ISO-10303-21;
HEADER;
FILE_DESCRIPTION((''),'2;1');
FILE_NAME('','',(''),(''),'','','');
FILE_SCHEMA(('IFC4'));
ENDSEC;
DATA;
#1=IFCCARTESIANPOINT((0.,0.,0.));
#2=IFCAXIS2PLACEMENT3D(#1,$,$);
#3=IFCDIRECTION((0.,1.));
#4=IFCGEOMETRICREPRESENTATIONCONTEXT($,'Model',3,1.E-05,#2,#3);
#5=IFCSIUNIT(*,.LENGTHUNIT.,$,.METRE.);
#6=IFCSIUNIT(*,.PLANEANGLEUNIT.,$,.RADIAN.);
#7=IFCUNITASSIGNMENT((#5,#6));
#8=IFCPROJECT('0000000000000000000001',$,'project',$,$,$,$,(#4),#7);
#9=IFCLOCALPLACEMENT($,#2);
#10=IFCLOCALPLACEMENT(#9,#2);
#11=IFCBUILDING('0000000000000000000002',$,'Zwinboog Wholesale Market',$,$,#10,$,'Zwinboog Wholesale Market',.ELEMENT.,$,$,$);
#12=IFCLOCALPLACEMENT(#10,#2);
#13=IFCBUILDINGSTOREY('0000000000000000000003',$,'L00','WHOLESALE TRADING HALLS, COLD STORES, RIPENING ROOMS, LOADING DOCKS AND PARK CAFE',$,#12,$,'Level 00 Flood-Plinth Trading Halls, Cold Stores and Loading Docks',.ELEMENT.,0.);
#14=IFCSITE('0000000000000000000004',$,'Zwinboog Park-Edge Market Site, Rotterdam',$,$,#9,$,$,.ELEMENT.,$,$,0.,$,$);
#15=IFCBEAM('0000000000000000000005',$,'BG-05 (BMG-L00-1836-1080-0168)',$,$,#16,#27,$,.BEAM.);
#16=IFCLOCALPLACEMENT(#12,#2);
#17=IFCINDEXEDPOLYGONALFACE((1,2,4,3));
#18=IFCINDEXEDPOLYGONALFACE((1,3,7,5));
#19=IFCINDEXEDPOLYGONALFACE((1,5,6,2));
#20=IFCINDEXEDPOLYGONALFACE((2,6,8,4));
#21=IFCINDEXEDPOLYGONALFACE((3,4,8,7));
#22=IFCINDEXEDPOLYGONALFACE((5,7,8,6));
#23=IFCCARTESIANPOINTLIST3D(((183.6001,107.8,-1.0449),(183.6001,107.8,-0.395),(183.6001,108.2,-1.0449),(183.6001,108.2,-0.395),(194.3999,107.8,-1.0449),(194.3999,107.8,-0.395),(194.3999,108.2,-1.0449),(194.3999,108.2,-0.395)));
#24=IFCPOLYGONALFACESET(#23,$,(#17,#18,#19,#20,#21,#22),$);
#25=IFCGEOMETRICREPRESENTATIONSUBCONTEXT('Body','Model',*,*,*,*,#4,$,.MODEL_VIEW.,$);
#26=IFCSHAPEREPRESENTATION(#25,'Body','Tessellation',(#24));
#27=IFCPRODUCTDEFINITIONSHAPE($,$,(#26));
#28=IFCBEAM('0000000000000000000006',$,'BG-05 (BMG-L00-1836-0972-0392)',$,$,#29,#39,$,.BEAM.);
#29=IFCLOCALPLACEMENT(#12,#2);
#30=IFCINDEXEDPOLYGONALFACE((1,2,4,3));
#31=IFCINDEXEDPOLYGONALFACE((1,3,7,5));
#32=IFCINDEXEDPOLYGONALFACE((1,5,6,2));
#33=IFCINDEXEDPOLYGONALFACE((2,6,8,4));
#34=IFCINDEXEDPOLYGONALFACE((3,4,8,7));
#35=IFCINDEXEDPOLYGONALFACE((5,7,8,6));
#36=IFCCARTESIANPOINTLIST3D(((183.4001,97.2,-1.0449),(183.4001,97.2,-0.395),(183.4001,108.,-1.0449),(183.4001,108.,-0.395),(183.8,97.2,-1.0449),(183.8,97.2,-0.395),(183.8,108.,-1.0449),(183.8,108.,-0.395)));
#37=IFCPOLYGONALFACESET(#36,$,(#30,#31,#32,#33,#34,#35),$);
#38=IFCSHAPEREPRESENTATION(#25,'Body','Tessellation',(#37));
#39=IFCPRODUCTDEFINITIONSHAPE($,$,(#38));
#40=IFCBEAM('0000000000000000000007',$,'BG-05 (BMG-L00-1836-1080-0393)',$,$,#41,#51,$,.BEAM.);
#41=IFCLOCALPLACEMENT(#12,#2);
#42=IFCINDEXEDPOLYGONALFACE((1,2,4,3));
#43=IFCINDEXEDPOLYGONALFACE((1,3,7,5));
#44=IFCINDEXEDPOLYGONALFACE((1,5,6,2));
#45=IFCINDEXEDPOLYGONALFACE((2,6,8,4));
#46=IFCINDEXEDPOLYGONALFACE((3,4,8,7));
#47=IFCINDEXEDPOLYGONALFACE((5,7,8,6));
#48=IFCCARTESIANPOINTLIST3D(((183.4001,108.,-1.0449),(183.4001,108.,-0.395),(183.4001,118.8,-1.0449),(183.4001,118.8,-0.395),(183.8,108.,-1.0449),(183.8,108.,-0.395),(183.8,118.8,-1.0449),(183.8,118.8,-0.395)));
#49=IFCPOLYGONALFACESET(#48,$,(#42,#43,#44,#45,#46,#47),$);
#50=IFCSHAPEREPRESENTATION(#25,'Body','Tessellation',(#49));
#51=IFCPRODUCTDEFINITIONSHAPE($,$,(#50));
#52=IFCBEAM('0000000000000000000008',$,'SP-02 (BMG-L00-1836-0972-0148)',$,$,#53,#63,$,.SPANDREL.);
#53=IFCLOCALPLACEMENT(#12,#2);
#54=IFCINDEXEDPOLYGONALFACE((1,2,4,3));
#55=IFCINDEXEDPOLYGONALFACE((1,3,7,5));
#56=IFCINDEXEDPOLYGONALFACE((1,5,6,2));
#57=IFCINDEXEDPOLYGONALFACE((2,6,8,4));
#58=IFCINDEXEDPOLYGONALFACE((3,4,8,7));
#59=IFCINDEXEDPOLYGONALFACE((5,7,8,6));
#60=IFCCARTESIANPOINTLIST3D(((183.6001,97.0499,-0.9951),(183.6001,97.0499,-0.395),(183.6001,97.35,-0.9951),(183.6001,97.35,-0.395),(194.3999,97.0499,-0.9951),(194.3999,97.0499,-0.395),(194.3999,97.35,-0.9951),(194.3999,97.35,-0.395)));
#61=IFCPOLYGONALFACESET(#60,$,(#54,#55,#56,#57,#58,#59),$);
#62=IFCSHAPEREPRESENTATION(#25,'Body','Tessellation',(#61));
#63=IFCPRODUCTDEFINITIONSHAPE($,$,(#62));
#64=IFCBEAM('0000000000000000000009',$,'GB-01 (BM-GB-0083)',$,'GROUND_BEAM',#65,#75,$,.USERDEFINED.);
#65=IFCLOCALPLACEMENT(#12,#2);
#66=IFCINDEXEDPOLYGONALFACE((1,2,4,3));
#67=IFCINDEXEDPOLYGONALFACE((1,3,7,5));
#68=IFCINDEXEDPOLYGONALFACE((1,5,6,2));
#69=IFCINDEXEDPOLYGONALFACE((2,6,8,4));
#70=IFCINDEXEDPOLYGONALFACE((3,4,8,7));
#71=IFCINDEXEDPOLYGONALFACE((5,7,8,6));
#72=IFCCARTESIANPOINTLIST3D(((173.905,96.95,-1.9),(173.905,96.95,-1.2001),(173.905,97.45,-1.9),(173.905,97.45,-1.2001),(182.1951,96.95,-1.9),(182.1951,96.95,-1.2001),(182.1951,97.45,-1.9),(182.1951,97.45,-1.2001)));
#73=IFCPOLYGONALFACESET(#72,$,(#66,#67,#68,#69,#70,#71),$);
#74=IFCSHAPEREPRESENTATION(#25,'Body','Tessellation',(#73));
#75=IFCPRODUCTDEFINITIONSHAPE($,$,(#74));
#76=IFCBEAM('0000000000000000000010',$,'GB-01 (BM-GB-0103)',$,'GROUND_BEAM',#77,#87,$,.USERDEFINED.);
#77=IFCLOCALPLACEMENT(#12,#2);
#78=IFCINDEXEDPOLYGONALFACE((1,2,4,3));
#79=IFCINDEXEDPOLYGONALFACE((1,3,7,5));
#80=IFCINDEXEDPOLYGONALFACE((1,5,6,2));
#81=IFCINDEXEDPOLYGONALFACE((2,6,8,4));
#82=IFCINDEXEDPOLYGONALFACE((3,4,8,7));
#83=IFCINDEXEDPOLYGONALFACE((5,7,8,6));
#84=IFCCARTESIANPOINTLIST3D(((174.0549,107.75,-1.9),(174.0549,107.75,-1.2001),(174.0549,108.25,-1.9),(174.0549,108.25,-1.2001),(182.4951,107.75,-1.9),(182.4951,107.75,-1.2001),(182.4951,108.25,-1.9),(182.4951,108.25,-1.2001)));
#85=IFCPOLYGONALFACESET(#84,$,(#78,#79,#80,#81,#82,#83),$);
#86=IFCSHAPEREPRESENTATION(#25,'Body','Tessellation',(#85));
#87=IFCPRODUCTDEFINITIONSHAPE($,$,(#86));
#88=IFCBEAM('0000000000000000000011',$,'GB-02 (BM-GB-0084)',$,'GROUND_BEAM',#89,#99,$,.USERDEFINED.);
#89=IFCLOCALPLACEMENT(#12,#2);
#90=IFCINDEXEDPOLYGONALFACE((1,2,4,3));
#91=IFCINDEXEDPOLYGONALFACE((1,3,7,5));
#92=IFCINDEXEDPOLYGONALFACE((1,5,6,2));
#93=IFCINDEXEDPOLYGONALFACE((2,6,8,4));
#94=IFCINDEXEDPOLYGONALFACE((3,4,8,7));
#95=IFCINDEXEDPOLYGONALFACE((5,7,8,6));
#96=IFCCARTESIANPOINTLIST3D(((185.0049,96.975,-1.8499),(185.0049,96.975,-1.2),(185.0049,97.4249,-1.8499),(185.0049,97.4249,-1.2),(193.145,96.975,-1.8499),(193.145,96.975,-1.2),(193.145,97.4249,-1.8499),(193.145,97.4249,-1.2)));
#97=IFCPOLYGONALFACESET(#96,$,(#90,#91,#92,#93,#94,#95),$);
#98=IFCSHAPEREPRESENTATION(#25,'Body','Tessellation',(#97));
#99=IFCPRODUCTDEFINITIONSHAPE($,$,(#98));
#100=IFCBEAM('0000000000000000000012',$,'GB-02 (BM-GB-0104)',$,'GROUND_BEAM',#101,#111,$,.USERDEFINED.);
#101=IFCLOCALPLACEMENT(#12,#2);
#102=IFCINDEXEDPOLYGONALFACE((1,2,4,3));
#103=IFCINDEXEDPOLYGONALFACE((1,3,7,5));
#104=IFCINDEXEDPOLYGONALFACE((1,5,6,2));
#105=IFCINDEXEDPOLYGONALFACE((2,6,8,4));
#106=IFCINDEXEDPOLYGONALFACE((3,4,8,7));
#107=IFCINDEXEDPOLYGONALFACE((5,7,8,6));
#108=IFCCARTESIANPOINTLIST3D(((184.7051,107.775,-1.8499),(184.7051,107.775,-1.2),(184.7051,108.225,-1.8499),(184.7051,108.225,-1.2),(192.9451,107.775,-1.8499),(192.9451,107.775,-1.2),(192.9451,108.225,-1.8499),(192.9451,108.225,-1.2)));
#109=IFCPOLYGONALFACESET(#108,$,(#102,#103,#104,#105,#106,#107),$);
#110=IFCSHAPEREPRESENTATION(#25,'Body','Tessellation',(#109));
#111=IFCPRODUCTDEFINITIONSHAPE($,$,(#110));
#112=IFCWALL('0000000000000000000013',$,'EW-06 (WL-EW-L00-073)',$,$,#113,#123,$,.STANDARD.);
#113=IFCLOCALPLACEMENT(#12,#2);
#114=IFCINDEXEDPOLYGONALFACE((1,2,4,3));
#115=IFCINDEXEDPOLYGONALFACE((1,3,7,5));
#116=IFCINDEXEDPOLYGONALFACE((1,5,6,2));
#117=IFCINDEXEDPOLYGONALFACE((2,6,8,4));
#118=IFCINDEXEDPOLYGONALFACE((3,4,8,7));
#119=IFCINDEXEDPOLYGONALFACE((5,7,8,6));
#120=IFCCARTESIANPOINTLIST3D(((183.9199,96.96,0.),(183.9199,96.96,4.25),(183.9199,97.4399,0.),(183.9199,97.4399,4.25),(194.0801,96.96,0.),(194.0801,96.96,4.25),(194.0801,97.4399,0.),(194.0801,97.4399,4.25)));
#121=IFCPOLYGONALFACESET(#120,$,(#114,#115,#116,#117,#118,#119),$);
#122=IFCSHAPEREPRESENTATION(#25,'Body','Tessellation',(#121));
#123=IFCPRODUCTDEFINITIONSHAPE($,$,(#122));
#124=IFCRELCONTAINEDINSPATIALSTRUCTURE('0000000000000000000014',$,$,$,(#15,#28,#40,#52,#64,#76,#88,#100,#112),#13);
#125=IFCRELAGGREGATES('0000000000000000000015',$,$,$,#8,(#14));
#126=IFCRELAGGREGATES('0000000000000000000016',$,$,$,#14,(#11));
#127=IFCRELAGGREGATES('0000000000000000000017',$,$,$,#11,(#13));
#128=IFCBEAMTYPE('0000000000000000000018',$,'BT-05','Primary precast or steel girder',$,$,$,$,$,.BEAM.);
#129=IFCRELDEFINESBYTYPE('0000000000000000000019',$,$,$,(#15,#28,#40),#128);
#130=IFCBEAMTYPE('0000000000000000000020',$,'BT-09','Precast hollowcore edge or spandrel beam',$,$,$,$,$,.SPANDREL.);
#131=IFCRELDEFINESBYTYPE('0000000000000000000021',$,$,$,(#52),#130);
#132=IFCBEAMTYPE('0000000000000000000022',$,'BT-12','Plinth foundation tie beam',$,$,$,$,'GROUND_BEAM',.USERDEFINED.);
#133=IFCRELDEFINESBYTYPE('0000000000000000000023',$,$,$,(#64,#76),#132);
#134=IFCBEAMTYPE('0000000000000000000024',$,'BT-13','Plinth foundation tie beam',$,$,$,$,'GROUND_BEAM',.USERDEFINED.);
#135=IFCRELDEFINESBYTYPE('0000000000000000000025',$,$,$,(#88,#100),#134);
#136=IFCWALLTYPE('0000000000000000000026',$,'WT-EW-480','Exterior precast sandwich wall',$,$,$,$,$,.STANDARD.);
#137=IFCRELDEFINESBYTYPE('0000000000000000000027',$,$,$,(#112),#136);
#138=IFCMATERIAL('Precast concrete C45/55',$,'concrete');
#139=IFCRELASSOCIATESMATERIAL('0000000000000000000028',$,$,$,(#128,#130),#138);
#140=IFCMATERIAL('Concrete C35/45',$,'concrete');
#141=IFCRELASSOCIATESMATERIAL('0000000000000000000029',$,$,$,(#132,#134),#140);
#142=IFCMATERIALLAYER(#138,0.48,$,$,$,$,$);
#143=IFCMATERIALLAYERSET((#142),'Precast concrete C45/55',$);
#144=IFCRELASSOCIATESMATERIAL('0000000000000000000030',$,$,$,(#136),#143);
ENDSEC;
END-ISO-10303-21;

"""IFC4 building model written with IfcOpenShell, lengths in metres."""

from ifc_helpers import new_model, si_unit, direction, frame, frame_2d, origin, origin_2d, place, context, subcontext, project, spatial, rectangle, extrude, material, layer, layer_set, material_profile, profile_set, type_object, element, save


model = new_model("IFC4")

# Units and contexts
model_context = context("Model", 3, precision=1e-05, world=origin(), true_north=direction((0.0, 1.0)))
body_context = subcontext(model_context, "Body", "Model", "MODEL_VIEW")
ifc_project = project(units=[si_unit("LENGTHUNIT", "METRE"), si_unit("PLANEANGLEUNIT", "RADIAN")], contexts=[model_context])

# Site, building, storey
site_placement = place(None, origin())
site = spatial("IfcSite", under=ifc_project, at=site_placement, Name="Zwinboog Park-Edge Market Site, Rotterdam", CompositionType="ELEMENT", RefElevation=0.0)
building_placement = place(site_placement, origin())
building = spatial("IfcBuilding", under=site, at=building_placement, Name="Zwinboog Wholesale Market", LongName="Zwinboog Wholesale Market", CompositionType="ELEMENT")
storey_placement = place(building_placement, origin())
storey = spatial("IfcBuildingStorey", under=building, at=storey_placement, Name="L00", Description="WHOLESALE TRADING HALLS, COLD STORES, RIPENING ROOMS, LOADING DOCKS AND PARK CAFE", LongName="Level 00 Flood-Plinth Trading Halls, Cold Stores and Loading Docks", CompositionType="ELEMENT", Elevation=0.0)

# Shared definitions
ifc_material_1 = material(Name="Concrete C35/45", Category="concrete")

# Shared definitions
ifc_material_2 = material(Name="Precast concrete C45/55", Category="concrete")

# Beams
ifc_material_profile_1 = material_profile(ifc_material_2, rectangle(XDim=0.3999, YDim=0.6499, at=origin_2d()), Name="PC 400x650")
ifc_profile_set_1 = profile_set([ifc_material_profile_1], Name="Precast concrete C45/55")
beam_type_1 = type_object("IfcBeamType", Name="BT-05", Description="Primary precast or steel girder", PredefinedType="BEAM", material=ifc_profile_set_1)
beam_1_placement = place(storey_placement, frame((183.6001, 108.0, -0.72), z_axis=(1.0, 0.0, 0.0), x_axis=(0.0, 1.0, 0.0)))
element("IfcBeam", 1, at=beam_1_placement, inside=storey, type_object=beam_type_1, Name="BG-05 (BMG-L00-1836-1080-0168)", PredefinedType="BEAM", context=body_context, shape_type="SweptSolid", body=[
    extrude(rectangle(XDim=0.3999, YDim=0.6499, at=origin_2d()), origin(), (0.0, 0.0, 1.0), 10.7998),
])
for number, where, z_axis, x_axis, name in (
    (2, (183.6001, 97.2, -0.72), (0.0, 1.0, 0.0), (-1.0, 0.0, 0.0), "BG-05 (BMG-L00-1836-0972-0392)"),
    (3, (183.6001, 108.0, -0.72), (0.0, 1.0, 0.0), (-1.0, 0.0, 0.0), "BG-05 (BMG-L00-1836-1080-0393)"),
):
    element("IfcBeam", number, at=place(storey_placement, frame(where, z_axis=z_axis, x_axis=x_axis)), inside=storey, type_object=beam_type_1, Name=name, PredefinedType="BEAM", context=body_context, shape_type="SweptSolid", body=[
        extrude(rectangle(XDim=0.3999, YDim=0.6499, at=origin_2d()), origin(), (0.0, 0.0, 1.0), 10.8),
    ])
ifc_material_profile_2 = material_profile(ifc_material_2, rectangle(XDim=0.3, YDim=0.6001, at=origin_2d()), Name="PC 300x600")
ifc_profile_set_2 = profile_set([ifc_material_profile_2], Name="Precast concrete C45/55")
beam_type_2 = type_object("IfcBeamType", Name="BT-09", Description="Precast hollowcore edge or spandrel beam", PredefinedType="SPANDREL", material=ifc_profile_set_2)
beam_2_placement = place(storey_placement, frame((183.6001, 97.2, -0.6951), z_axis=(1.0, 0.0, 0.0), x_axis=(0.0, 1.0, 0.0)))
element("IfcBeam", 4, at=beam_2_placement, inside=storey, type_object=beam_type_2, Name="SP-02 (BMG-L00-1836-0972-0148)", PredefinedType="SPANDREL", context=body_context, shape_type="SweptSolid", body=[
    extrude(rectangle(XDim=0.3, YDim=0.6001, at=origin_2d()), origin(), (0.0, 0.0, 1.0), 10.7998),
])
ifc_material_profile_3 = material_profile(ifc_material_1, rectangle(XDim=0.5, YDim=0.7, at=origin_2d()), Name="RC 500x700")
ifc_profile_set_3 = profile_set([ifc_material_profile_3], Name="Concrete C35/45")
beam_type_3 = type_object("IfcBeamType", Name="BT-12", Description="Plinth foundation tie beam", ElementType="GROUND_BEAM", PredefinedType="USERDEFINED", material=ifc_profile_set_3)
beam_3_placement = place(storey_placement, frame((173.905, 97.2, -1.55), z_axis=(1.0, 0.0, 0.0), x_axis=(0.0, 1.0, 0.0)))
element("IfcBeam", 5, at=beam_3_placement, inside=storey, type_object=beam_type_3, Name="GB-01 (BM-GB-0083)", ObjectType="GROUND_BEAM", PredefinedType="USERDEFINED", context=body_context, shape_type="SweptSolid", body=[
    extrude(rectangle(XDim=0.5, YDim=0.7, at=origin_2d()), origin(), (0.0, 0.0, 1.0), 8.29),
])
beam_4_placement = place(storey_placement, frame((174.0549, 108.0, -1.55), z_axis=(1.0, 0.0, 0.0), x_axis=(0.0, 1.0, 0.0)))
element("IfcBeam", 6, at=beam_4_placement, inside=storey, type_object=beam_type_3, Name="GB-01 (BM-GB-0103)", ObjectType="GROUND_BEAM", PredefinedType="USERDEFINED", context=body_context, shape_type="SweptSolid", body=[
    extrude(rectangle(XDim=0.5, YDim=0.7, at=origin_2d()), origin(), (0.0, 0.0, 1.0), 8.4402),
])
ifc_material_profile_4 = material_profile(ifc_material_1, rectangle(XDim=0.45, YDim=0.6499, at=origin_2d()), Name="RC 450x650")
ifc_profile_set_4 = profile_set([ifc_material_profile_4], Name="Concrete C35/45")
beam_type_4 = type_object("IfcBeamType", Name="BT-13", Description="Plinth foundation tie beam", ElementType="GROUND_BEAM", PredefinedType="USERDEFINED", material=ifc_profile_set_4)
beam_5_placement = place(storey_placement, frame((185.0049, 97.2, -1.5249), z_axis=(1.0, 0.0, 0.0), x_axis=(0.0, 1.0, 0.0)))
element("IfcBeam", 7, at=beam_5_placement, inside=storey, type_object=beam_type_4, Name="GB-02 (BM-GB-0084)", ObjectType="GROUND_BEAM", PredefinedType="USERDEFINED", context=body_context, shape_type="SweptSolid", body=[
    extrude(rectangle(XDim=0.45, YDim=0.6499, at=origin_2d()), origin(), (0.0, 0.0, 1.0), 8.1401),
])
beam_6_placement = place(storey_placement, frame((184.7051, 108.0, -1.5249), z_axis=(1.0, 0.0, 0.0), x_axis=(0.0, 1.0, 0.0)))
element("IfcBeam", 8, at=beam_6_placement, inside=storey, type_object=beam_type_4, Name="GB-02 (BM-GB-0104)", ObjectType="GROUND_BEAM", PredefinedType="USERDEFINED", context=body_context, shape_type="SweptSolid", body=[
    extrude(rectangle(XDim=0.45, YDim=0.6499, at=origin_2d()), origin(), (0.0, 0.0, 1.0), 8.24),
])

# Wall
ifc_layer = layer(ifc_material_2, 0.48)
ifc_layer_set = layer_set([ifc_layer], Name="Precast concrete C45/55")
wall_type = type_object("IfcWallType", Name="WT-EW-480", Description="Exterior precast sandwich wall", PredefinedType="STANDARD", material=ifc_layer_set)
wall_placement = place(storey_placement, frame((183.9199, 97.2, 0.0), z_axis=(0.0, 0.0, 1.0), x_axis=(1.0, 0.0, 0.0)))
element("IfcWall", 9, at=wall_placement, inside=storey, type_object=wall_type, Name="EW-06 (WL-EW-L00-073)", PredefinedType="STANDARD", context=body_context, shape_type="SweptSolid", body=[
    extrude(rectangle(XDim=10.1602, YDim=0.48, at=frame_2d((5.0801, 0.0))), origin(), (0.0, 0.0, 1.0), 4.25),
])

save(model, "model.ifc")
